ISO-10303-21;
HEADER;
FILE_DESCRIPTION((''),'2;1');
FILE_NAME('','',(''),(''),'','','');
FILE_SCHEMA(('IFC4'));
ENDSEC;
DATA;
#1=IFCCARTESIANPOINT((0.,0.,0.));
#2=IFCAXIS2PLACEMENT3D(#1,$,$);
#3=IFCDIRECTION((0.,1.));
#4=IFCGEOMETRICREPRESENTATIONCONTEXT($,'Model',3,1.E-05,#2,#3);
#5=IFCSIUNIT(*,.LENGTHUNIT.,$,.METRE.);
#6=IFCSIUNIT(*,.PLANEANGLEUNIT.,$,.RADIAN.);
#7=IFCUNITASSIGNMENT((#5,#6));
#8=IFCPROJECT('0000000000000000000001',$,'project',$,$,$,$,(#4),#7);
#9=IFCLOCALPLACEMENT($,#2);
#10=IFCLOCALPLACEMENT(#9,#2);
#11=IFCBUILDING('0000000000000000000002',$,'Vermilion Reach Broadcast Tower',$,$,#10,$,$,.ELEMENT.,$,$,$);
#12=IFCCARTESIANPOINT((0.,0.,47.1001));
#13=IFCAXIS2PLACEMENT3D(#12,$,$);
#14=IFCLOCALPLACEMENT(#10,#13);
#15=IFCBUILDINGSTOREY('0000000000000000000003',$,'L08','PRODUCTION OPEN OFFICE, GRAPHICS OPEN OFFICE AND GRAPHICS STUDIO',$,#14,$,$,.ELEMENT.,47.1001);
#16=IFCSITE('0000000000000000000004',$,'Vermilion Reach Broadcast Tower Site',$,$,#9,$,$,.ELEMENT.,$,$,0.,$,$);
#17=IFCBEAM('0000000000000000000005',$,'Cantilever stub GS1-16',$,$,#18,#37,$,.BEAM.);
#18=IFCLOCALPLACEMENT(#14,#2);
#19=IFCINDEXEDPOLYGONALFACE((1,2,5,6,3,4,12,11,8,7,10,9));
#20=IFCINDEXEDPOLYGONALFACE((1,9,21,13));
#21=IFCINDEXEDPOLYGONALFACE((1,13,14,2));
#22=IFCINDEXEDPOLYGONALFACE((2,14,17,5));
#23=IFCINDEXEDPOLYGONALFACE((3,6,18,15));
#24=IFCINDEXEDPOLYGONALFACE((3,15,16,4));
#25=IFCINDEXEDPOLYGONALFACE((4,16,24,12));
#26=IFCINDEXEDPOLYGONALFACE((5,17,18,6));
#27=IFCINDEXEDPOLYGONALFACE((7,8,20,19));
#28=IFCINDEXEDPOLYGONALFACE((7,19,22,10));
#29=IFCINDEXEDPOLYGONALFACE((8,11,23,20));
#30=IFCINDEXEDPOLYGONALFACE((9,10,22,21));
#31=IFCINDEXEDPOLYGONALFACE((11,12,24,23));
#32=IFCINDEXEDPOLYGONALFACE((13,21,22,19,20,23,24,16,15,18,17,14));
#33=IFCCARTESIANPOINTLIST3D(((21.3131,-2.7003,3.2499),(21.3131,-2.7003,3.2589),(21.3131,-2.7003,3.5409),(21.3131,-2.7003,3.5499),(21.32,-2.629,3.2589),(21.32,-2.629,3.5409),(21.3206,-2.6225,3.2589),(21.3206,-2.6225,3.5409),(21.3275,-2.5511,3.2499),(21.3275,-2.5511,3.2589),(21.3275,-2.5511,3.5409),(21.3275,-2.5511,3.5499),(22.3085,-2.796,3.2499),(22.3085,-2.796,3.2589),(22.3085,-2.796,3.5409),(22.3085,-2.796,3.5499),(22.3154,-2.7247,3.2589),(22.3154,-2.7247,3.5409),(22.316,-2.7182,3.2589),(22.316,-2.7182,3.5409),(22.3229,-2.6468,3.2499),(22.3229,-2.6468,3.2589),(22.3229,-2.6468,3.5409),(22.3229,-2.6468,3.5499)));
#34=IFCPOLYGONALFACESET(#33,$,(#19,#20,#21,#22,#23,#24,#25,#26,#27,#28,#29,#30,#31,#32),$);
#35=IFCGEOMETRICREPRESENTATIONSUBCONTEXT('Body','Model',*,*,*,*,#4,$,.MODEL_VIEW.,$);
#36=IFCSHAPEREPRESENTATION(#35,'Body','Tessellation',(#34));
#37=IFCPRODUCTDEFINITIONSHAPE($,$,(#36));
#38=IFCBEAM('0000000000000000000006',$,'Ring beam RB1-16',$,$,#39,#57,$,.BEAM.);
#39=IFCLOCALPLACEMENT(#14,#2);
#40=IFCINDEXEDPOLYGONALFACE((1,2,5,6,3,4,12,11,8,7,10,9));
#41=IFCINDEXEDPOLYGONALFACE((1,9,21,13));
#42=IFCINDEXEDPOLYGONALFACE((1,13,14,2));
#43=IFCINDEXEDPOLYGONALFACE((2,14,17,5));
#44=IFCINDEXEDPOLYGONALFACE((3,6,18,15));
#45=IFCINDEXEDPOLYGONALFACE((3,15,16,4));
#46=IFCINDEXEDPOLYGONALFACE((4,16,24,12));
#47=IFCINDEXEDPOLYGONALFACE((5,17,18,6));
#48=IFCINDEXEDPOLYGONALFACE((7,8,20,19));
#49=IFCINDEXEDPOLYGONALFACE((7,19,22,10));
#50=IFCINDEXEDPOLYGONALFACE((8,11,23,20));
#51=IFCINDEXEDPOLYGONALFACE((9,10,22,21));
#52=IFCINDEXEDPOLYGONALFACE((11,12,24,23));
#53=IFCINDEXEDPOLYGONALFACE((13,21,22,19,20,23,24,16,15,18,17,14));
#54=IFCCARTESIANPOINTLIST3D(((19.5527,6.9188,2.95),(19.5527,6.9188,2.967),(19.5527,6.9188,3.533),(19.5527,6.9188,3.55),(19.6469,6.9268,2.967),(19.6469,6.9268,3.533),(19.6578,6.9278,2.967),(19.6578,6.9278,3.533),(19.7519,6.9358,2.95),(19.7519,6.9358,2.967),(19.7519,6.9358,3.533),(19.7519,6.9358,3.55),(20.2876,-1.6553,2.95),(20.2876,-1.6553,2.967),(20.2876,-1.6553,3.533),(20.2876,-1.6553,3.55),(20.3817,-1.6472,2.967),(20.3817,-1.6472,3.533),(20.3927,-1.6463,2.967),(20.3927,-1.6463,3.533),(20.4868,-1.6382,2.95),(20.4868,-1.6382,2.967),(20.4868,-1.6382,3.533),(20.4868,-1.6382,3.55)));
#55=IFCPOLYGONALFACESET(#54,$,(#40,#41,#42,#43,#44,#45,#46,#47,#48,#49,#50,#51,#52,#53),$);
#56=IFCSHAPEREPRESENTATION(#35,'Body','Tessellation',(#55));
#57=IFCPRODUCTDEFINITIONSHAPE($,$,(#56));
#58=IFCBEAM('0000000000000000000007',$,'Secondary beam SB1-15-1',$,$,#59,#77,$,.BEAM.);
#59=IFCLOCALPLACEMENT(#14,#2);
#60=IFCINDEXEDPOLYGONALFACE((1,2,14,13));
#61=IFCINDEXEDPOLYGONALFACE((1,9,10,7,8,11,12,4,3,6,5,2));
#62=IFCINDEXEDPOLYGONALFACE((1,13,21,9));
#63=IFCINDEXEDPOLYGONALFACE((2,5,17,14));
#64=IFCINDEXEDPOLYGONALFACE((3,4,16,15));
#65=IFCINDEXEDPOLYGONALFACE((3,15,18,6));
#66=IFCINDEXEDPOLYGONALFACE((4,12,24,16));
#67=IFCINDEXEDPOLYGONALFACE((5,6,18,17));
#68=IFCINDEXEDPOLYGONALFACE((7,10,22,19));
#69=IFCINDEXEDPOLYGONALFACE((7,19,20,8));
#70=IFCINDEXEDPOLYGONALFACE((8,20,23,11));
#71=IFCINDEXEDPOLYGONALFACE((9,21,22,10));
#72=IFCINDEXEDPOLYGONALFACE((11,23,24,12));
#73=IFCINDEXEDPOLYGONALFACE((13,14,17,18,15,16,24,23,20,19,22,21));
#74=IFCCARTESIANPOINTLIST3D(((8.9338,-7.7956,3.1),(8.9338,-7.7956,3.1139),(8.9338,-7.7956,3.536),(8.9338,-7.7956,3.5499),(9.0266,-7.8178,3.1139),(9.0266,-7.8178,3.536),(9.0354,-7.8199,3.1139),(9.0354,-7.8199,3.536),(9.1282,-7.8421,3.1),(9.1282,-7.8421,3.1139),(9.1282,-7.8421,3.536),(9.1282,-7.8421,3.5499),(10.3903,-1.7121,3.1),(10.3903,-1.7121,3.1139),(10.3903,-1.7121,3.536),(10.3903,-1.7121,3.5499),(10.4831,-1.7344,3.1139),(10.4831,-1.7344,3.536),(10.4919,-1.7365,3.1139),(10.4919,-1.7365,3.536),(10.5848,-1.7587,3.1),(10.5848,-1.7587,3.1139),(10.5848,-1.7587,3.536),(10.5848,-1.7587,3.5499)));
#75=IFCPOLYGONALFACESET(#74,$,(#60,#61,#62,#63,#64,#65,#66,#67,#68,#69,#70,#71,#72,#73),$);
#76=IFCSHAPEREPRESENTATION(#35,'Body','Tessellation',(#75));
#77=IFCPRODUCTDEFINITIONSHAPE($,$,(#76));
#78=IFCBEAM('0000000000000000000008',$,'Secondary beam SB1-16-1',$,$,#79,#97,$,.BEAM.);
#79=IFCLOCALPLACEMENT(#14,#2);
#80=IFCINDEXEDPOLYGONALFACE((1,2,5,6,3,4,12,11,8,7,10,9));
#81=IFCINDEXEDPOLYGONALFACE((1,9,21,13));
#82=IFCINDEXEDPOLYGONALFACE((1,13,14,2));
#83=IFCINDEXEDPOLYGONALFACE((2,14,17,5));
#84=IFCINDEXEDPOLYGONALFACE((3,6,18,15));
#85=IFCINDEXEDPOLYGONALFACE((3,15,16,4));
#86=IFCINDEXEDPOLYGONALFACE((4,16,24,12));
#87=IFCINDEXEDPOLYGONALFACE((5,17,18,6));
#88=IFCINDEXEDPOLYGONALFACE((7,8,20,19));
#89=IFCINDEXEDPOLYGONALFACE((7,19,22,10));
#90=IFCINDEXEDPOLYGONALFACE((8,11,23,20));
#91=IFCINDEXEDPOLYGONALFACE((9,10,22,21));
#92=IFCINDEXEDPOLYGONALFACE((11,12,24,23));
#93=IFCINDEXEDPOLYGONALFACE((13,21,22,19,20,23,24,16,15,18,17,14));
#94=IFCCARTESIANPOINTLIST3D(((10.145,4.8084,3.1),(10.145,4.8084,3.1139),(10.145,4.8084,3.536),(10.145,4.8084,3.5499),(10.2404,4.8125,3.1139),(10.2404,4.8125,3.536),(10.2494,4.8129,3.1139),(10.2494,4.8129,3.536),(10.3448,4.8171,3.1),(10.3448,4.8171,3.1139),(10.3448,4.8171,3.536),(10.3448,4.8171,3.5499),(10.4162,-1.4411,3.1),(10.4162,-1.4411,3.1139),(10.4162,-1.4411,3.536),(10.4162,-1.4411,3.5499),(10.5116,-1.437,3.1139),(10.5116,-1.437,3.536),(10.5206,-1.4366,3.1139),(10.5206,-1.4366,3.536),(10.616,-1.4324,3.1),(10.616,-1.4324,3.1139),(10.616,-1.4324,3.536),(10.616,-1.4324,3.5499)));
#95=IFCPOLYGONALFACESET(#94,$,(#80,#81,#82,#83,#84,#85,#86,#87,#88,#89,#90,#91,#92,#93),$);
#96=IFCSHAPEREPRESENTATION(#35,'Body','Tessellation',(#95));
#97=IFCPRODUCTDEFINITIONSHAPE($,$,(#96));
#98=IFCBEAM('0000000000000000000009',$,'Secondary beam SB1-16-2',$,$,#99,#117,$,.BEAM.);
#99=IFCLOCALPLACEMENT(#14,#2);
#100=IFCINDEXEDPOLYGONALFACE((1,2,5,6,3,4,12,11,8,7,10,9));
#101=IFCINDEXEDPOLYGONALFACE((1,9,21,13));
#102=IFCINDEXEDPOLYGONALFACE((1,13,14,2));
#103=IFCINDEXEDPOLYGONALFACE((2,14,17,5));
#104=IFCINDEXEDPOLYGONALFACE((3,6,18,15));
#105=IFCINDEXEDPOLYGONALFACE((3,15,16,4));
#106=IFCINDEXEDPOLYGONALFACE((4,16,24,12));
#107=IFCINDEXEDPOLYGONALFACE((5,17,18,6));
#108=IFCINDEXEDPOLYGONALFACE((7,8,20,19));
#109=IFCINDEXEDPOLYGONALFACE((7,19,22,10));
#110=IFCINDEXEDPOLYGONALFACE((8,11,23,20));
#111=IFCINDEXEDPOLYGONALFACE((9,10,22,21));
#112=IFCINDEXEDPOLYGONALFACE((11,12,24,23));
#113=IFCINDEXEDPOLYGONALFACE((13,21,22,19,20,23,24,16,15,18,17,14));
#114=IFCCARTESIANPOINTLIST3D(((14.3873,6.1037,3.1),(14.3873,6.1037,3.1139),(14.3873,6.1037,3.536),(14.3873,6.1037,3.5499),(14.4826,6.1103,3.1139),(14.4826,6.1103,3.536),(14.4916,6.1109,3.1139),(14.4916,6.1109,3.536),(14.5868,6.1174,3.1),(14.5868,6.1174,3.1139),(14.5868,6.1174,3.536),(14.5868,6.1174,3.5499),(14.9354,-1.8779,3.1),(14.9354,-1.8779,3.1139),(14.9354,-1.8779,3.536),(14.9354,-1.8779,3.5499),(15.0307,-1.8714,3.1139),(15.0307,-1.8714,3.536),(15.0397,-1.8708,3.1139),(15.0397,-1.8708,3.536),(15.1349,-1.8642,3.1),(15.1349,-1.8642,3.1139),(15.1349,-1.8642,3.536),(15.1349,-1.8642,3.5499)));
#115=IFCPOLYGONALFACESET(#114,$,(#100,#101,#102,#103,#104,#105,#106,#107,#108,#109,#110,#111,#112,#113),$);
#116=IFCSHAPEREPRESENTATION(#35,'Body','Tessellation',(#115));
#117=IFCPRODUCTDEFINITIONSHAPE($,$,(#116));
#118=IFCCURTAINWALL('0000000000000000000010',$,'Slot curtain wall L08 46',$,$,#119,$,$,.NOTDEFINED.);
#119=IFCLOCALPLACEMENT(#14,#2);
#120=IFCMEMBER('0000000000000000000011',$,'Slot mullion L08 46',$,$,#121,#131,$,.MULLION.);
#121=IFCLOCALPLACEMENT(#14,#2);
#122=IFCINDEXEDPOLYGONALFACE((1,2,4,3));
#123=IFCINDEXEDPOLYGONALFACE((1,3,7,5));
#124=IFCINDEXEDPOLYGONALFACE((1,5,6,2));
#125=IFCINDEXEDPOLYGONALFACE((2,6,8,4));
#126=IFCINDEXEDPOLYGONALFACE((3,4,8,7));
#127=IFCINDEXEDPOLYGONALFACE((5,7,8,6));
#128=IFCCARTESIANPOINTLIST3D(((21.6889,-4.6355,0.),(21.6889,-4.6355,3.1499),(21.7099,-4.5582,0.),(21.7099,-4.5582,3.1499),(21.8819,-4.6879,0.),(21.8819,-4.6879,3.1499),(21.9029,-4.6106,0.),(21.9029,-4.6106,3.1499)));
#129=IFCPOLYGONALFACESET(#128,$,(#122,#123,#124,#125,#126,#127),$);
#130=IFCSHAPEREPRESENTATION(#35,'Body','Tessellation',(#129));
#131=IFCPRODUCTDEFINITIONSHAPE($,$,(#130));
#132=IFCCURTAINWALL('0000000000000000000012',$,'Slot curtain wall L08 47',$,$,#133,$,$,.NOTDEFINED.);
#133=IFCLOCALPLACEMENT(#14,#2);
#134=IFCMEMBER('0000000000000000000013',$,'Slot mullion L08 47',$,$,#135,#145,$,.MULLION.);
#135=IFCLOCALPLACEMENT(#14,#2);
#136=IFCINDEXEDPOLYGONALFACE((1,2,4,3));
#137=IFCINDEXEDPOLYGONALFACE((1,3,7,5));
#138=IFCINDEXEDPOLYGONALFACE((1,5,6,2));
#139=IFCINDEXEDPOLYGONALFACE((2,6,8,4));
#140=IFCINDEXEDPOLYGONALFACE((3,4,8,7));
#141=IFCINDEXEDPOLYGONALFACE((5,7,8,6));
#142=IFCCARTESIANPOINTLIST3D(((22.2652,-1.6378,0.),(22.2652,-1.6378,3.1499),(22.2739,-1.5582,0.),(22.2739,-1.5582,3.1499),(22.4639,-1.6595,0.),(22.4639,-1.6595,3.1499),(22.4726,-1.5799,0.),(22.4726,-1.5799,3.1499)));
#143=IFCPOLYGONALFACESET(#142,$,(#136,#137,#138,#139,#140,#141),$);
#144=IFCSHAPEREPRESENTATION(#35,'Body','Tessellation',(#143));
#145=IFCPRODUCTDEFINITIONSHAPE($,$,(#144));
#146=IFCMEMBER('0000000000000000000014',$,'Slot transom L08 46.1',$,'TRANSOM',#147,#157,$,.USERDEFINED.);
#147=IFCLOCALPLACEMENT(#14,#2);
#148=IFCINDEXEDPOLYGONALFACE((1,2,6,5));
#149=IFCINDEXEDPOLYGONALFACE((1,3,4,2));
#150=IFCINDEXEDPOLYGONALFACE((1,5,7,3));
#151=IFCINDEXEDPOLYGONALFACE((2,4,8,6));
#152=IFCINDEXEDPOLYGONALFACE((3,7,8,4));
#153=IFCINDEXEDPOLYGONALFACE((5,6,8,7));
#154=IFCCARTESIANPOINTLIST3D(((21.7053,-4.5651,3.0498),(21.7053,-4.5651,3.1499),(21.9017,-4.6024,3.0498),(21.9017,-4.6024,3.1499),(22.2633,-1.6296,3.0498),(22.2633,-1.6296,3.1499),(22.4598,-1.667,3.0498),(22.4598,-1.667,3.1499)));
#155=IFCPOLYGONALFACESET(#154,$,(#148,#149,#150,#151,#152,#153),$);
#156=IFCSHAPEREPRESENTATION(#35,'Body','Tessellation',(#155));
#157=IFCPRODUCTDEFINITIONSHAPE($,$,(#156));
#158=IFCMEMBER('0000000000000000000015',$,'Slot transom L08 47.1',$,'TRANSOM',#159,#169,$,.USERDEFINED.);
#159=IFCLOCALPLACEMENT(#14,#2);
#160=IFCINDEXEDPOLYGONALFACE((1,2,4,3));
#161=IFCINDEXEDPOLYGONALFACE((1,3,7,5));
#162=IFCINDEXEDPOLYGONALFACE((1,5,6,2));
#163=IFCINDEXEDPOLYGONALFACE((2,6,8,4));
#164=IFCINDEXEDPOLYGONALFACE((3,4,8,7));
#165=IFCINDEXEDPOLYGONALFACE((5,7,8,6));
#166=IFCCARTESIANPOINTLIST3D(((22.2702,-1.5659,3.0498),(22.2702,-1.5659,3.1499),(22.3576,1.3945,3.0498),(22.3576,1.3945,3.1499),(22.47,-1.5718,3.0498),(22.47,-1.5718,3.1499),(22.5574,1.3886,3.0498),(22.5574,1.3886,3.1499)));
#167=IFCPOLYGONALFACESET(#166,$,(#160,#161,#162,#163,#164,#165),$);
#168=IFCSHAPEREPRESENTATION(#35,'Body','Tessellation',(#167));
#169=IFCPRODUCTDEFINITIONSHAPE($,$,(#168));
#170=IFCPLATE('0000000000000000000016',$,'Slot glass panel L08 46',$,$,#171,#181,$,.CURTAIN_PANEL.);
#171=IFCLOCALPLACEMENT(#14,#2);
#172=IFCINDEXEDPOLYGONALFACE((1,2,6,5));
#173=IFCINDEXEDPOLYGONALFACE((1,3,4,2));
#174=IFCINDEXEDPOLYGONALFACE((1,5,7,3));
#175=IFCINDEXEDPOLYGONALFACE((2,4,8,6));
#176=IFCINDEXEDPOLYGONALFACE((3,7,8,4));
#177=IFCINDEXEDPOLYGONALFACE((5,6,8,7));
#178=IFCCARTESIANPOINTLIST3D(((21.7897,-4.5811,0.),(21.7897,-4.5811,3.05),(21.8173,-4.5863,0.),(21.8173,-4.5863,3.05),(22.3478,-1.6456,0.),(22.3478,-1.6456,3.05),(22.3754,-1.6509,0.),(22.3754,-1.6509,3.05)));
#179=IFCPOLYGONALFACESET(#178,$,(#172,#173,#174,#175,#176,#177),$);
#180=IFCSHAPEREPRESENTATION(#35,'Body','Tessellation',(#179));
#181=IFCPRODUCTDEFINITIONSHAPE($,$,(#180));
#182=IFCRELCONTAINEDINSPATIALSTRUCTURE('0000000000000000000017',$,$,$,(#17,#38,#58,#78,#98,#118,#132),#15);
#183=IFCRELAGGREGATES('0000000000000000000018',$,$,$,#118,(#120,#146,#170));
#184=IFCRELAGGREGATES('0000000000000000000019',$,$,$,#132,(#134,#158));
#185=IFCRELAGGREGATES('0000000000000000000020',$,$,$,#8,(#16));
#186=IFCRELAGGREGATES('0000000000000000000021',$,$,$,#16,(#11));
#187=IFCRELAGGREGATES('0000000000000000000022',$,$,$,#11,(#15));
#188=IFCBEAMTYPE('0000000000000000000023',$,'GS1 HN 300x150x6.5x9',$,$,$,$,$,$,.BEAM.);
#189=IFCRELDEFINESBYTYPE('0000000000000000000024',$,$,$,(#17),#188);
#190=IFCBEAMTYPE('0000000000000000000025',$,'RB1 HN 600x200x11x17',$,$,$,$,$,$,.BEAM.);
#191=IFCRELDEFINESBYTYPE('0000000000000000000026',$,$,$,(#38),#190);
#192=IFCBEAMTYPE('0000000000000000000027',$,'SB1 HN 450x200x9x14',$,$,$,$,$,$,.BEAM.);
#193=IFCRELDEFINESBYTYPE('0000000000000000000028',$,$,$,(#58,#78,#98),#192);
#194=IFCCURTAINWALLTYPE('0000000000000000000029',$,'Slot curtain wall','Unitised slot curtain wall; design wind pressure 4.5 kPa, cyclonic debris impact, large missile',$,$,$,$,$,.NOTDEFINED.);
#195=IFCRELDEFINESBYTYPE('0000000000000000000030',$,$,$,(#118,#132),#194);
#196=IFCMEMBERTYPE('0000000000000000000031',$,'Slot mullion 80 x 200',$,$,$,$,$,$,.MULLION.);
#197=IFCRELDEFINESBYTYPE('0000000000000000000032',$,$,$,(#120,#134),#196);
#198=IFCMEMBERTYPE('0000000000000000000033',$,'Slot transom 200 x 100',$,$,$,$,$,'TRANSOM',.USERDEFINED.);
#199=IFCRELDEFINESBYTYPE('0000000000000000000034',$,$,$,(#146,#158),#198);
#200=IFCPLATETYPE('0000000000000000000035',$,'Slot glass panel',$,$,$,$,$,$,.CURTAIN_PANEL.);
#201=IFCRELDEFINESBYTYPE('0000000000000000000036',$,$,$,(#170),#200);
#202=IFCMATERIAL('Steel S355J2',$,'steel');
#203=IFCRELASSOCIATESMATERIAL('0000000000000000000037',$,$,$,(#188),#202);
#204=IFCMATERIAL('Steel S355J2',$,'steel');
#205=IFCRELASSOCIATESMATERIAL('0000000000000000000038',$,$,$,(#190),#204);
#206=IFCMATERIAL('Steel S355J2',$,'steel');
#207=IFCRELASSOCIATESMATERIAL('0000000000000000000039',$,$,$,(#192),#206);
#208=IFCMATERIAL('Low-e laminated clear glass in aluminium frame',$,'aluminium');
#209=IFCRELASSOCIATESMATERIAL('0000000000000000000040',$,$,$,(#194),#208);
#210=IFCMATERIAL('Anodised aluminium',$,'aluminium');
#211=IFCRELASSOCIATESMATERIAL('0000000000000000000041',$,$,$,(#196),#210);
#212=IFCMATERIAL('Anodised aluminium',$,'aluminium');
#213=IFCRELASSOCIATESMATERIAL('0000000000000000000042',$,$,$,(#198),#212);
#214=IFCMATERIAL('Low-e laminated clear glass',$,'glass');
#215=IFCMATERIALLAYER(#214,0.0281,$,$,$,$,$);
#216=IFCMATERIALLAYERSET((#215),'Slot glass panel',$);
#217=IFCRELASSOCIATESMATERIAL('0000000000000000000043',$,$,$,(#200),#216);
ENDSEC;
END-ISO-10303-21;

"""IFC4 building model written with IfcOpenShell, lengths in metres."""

from ifc_helpers import new_model, si_unit, direction, frame, origin, origin_2d, place, context, subcontext, project, spatial, rectangle, i_section, extrude, material, layer, layer_set, material_profile, profile_set, type_object, element, aggregate, save


model = new_model("IFC4")

# Units and contexts
model_context = context("Model", 3, precision=1e-05, world=origin(), true_north=direction((0.0, 1.0)))
body_context = subcontext(model_context, "Body", "Model", "MODEL_VIEW")
ifc_project = project(units=[si_unit("LENGTHUNIT", "METRE"), si_unit("PLANEANGLEUNIT", "RADIAN")], contexts=[model_context])

# Site, building, storey
site_placement = place(None, origin())
site = spatial("IfcSite", under=ifc_project, at=site_placement, Name="Vermilion Reach Broadcast Tower Site", CompositionType="ELEMENT", RefElevation=0.0)
building_placement = place(site_placement, origin())
building = spatial("IfcBuilding", under=site, at=building_placement, Name="Vermilion Reach Broadcast Tower", CompositionType="ELEMENT")
storey_placement = place(building_placement, frame((0.0, 0.0, 47.1001)))
storey = spatial("IfcBuildingStorey", under=building, at=storey_placement, Name="L08", Description="PRODUCTION OPEN OFFICE, GRAPHICS OPEN OFFICE AND GRAPHICS STUDIO", CompositionType="ELEMENT", Elevation=47.1001)

# Beams
ifc_material_1 = material(Name="Steel S355J2", Category="steel")
ifc_material_profile_1 = material_profile(ifc_material_1, i_section(OverallWidth=0.1499, OverallDepth=0.3, WebThickness=0.0066, FlangeThickness=0.009, at=origin_2d()), Name="S355J2 HN 300x150x6.5x9")
ifc_profile_set_1 = profile_set([ifc_material_profile_1], Name="Steel S355J2")
beam_type_1 = type_object("IfcBeamType", Name="GS1 HN 300x150x6.5x9", PredefinedType="BEAM", material=ifc_profile_set_1)
beam_1_placement = place(storey_placement, frame((21.3203, -2.6257, 3.3999), z_axis=(0.995409, -0.095708, 0.0), x_axis=(0.095708, 0.995409, 0.0)))
element("IfcBeam", 1, at=beam_1_placement, inside=storey, type_object=beam_type_1, Name="Cantilever stub GS1-16", PredefinedType="BEAM", context=body_context, shape_type="SweptSolid", body=[
    extrude(i_section(OverallWidth=0.1499, OverallDepth=0.3, WebThickness=0.0066, FlangeThickness=0.009, at=origin_2d()), origin(), (0.0, 0.0, 1.0), 1.0),
])
ifc_material_2 = material(Name="Steel S355J2", Category="steel")
ifc_material_profile_2 = material_profile(ifc_material_2, i_section(OverallWidth=0.2, OverallDepth=0.6001, WebThickness=0.011, FlangeThickness=0.0171, at=origin_2d()), Name="S355J2 HN 600x200x11x17")
ifc_profile_set_2 = profile_set([ifc_material_profile_2], Name="Steel S355J2")
beam_type_2 = type_object("IfcBeamType", Name="RB1 HN 600x200x11x17", PredefinedType="BEAM", material=ifc_profile_set_2)
beam_2_placement = place(storey_placement, frame((20.3872, -1.6467, 3.25), z_axis=(-0.085396, 0.996347, 0.0), x_axis=(-0.996347, -0.085396, 0.0)))
element("IfcBeam", 2, at=beam_2_placement, inside=storey, type_object=beam_type_2, Name="Ring beam RB1-16", PredefinedType="BEAM", context=body_context, shape_type="SweptSolid", body=[
    extrude(i_section(OverallWidth=0.2, OverallDepth=0.6001, WebThickness=0.011, FlangeThickness=0.0171, at=origin_2d()), origin(), (0.0, 0.0, 1.0), 8.6055),
])
ifc_material_3 = material(Name="Steel S355J2", Category="steel")
ifc_material_profile_3 = material_profile(ifc_material_3, i_section(OverallWidth=0.2, OverallDepth=0.45, WebThickness=0.009, FlangeThickness=0.0139, at=origin_2d()), Name="S355J2 HN 450x200x9x14")
ifc_profile_set_3 = profile_set([ifc_material_profile_3], Name="Steel S355J2")
beam_type_3 = type_object("IfcBeamType", Name="SB1 HN 450x200x9x14", PredefinedType="BEAM", material=ifc_profile_set_3)
for number, where, z_axis, x_axis, name in (
    (3, (9.031, -7.8188, 3.325), (0.232844, 0.972514, 0.0), (-0.972514, 0.232844, 0.0), "Secondary beam SB1-15-1"),
    (4, (10.5161, -1.4368, 3.325), (-0.043361, 0.999059, 0.0), (-0.999059, -0.043361, 0.0), "Secondary beam SB1-16-1"),
):
    element("IfcBeam", number, at=place(storey_placement, frame(where, z_axis=z_axis, x_axis=x_axis)), inside=storey, type_object=beam_type_3, Name=name, PredefinedType="BEAM", context=body_context, shape_type="SweptSolid", body=[
        extrude(i_section(OverallWidth=0.2, OverallDepth=0.45, WebThickness=0.009, FlangeThickness=0.0139, at=origin_2d()), origin(), (0.0, 0.0, 1.0), 6.2554),
    ])
beam_3_placement = place(storey_placement, frame((15.0352, -1.8711, 3.325), z_axis=(-0.068508, 0.997651, 0.0), x_axis=(-0.997651, -0.068508, 0.0)))
element("IfcBeam", 5, at=beam_3_placement, inside=storey, type_object=beam_type_3, Name="Secondary beam SB1-16-2", PredefinedType="BEAM", context=body_context, shape_type="SweptSolid", body=[
    extrude(i_section(OverallWidth=0.2, OverallDepth=0.45, WebThickness=0.009, FlangeThickness=0.0139, at=origin_2d()), origin(), (0.0, 0.0, 1.0), 8.0005),
])

# Curtain walls, members
ifc_material_4 = material(Name="Low-e laminated clear glass in aluminium frame", Category="aluminium")
curtain_wall_type = type_object("IfcCurtainWallType", Name="Slot curtain wall", Description="Unitised slot curtain wall; design wind pressure 4.5 kPa, cyclonic debris impact, large missile", PredefinedType="NOTDEFINED", material=ifc_material_4)
placement = place(storey_placement, origin())
curtain_wall_1 = element("IfcCurtainWall", 6, at=placement, inside=storey, type_object=curtain_wall_type, Name="Slot curtain wall L08 46", PredefinedType="NOTDEFINED")
ifc_material_5 = material(Name="Anodised aluminium", Category="aluminium")
ifc_material_profile_4 = material_profile(ifc_material_5, rectangle(XDim=0.2, YDim=0.0801, at=origin_2d()), Name="Slot mullion 80 x 200")
ifc_profile_set_4 = profile_set([ifc_material_profile_4], Name="Anodised aluminium")
member_type_1 = type_object("IfcMemberType", Name="Slot mullion 80 x 200", PredefinedType="MULLION", material=ifc_profile_set_4)
member_1_placement = place(storey_placement, frame((21.7959, -4.623, 0.0), z_axis=(0.0, 0.0, 1.0), x_axis=(-0.965047, 0.262079, 0.0)))
member_1 = element("IfcMember", 7, at=member_1_placement, type_object=member_type_1, Name="Slot mullion L08 46", PredefinedType="MULLION", context=body_context, shape_type="SweptSolid", body=[
    extrude(rectangle(XDim=0.2, YDim=0.0801, at=origin_2d()), origin(), (0.0, 0.0, 1.0), 3.1499),
])
curtain_wall_2 = element("IfcCurtainWall", 8, at=placement, inside=storey, type_object=curtain_wall_type, Name="Slot curtain wall L08 47", PredefinedType="NOTDEFINED")
member_2_placement = place(storey_placement, frame((22.3689, -1.6089, 0.0), z_axis=(0.0, 0.0, 1.0), x_axis=(-0.994096, 0.1085, 0.0)))
member_2 = element("IfcMember", 9, at=member_2_placement, type_object=member_type_1, Name="Slot mullion L08 47", PredefinedType="MULLION", context=body_context, shape_type="SweptSolid", body=[
    extrude(rectangle(XDim=0.2, YDim=0.0801, at=origin_2d()), origin(), (0.0, 0.0, 1.0), 3.1499),
])

# Members
ifc_material_6 = material(Name="Anodised aluminium", Category="aluminium")
ifc_material_profile_5 = material_profile(ifc_material_6, rectangle(XDim=0.2, YDim=0.1001, at=origin_2d()), Name="Slot transom 200 x 100")
ifc_profile_set_5 = profile_set([ifc_material_profile_5], Name="Anodised aluminium")
member_type_2 = type_object("IfcMemberType", Name="Slot transom 200 x 100", ElementType="TRANSOM", PredefinedType="USERDEFINED", material=ifc_profile_set_5)
member_3_placement = place(storey_placement, frame((21.8035, -4.5837, 3.0999), z_axis=(0.186774, 0.982403, 0.0), x_axis=(-0.982403, 0.186774, 0.0)))
member_3 = element("IfcMember", 10, at=member_3_placement, type_object=member_type_2, Name="Slot transom L08 46.1", ObjectType="TRANSOM", PredefinedType="USERDEFINED", context=body_context, shape_type="SweptSolid", body=[
    extrude(rectangle(XDim=0.2, YDim=0.1001, at=origin_2d()), origin(), (0.0, 0.0, 1.0), 2.988),
])
member_4_placement = place(storey_placement, frame((22.3701, -1.5688, 3.0999), z_axis=(0.02951, 0.999564, 0.0), x_axis=(-0.999564, 0.02951, 0.0)))
member_4 = element("IfcMember", 11, at=member_4_placement, type_object=member_type_2, Name="Slot transom L08 47.1", ObjectType="TRANSOM", PredefinedType="USERDEFINED", context=body_context, shape_type="SweptSolid", body=[
    extrude(rectangle(XDim=0.2, YDim=0.1001, at=origin_2d()), origin(), (0.0, 0.0, 1.0), 2.9617),
])

# Plate
ifc_material_7 = material(Name="Low-e laminated clear glass", Category="glass")
ifc_layer_1 = layer(ifc_material_7, 0.0281)
ifc_layer_set_1 = layer_set([ifc_layer_1], Name="Slot glass panel")
plate_type = type_object("IfcPlateType", Name="Slot glass panel", PredefinedType="CURTAIN_PANEL", material=ifc_layer_set_1)
plate_1_placement = place(storey_placement, frame((22.0825, -3.116, 0.0), z_axis=(0.0, 0.0, 1.0), x_axis=(0.186773, 0.982403, 0.0)))
plate_1 = element("IfcPlate", 12, at=plate_1_placement, type_object=plate_type, Name="Slot glass panel L08 46", PredefinedType="CURTAIN_PANEL", context=body_context, shape_type="SweptSolid", body=[
    extrude(rectangle(XDim=2.988, YDim=0.0281, at=origin_2d()), origin(), (0.0, 0.0, 1.0), 3.05),
])
aggregate(curtain_wall_1, [member_1, member_3, plate_1])
aggregate(curtain_wall_2, [member_2, member_4])

save(model, "model.ifc")
